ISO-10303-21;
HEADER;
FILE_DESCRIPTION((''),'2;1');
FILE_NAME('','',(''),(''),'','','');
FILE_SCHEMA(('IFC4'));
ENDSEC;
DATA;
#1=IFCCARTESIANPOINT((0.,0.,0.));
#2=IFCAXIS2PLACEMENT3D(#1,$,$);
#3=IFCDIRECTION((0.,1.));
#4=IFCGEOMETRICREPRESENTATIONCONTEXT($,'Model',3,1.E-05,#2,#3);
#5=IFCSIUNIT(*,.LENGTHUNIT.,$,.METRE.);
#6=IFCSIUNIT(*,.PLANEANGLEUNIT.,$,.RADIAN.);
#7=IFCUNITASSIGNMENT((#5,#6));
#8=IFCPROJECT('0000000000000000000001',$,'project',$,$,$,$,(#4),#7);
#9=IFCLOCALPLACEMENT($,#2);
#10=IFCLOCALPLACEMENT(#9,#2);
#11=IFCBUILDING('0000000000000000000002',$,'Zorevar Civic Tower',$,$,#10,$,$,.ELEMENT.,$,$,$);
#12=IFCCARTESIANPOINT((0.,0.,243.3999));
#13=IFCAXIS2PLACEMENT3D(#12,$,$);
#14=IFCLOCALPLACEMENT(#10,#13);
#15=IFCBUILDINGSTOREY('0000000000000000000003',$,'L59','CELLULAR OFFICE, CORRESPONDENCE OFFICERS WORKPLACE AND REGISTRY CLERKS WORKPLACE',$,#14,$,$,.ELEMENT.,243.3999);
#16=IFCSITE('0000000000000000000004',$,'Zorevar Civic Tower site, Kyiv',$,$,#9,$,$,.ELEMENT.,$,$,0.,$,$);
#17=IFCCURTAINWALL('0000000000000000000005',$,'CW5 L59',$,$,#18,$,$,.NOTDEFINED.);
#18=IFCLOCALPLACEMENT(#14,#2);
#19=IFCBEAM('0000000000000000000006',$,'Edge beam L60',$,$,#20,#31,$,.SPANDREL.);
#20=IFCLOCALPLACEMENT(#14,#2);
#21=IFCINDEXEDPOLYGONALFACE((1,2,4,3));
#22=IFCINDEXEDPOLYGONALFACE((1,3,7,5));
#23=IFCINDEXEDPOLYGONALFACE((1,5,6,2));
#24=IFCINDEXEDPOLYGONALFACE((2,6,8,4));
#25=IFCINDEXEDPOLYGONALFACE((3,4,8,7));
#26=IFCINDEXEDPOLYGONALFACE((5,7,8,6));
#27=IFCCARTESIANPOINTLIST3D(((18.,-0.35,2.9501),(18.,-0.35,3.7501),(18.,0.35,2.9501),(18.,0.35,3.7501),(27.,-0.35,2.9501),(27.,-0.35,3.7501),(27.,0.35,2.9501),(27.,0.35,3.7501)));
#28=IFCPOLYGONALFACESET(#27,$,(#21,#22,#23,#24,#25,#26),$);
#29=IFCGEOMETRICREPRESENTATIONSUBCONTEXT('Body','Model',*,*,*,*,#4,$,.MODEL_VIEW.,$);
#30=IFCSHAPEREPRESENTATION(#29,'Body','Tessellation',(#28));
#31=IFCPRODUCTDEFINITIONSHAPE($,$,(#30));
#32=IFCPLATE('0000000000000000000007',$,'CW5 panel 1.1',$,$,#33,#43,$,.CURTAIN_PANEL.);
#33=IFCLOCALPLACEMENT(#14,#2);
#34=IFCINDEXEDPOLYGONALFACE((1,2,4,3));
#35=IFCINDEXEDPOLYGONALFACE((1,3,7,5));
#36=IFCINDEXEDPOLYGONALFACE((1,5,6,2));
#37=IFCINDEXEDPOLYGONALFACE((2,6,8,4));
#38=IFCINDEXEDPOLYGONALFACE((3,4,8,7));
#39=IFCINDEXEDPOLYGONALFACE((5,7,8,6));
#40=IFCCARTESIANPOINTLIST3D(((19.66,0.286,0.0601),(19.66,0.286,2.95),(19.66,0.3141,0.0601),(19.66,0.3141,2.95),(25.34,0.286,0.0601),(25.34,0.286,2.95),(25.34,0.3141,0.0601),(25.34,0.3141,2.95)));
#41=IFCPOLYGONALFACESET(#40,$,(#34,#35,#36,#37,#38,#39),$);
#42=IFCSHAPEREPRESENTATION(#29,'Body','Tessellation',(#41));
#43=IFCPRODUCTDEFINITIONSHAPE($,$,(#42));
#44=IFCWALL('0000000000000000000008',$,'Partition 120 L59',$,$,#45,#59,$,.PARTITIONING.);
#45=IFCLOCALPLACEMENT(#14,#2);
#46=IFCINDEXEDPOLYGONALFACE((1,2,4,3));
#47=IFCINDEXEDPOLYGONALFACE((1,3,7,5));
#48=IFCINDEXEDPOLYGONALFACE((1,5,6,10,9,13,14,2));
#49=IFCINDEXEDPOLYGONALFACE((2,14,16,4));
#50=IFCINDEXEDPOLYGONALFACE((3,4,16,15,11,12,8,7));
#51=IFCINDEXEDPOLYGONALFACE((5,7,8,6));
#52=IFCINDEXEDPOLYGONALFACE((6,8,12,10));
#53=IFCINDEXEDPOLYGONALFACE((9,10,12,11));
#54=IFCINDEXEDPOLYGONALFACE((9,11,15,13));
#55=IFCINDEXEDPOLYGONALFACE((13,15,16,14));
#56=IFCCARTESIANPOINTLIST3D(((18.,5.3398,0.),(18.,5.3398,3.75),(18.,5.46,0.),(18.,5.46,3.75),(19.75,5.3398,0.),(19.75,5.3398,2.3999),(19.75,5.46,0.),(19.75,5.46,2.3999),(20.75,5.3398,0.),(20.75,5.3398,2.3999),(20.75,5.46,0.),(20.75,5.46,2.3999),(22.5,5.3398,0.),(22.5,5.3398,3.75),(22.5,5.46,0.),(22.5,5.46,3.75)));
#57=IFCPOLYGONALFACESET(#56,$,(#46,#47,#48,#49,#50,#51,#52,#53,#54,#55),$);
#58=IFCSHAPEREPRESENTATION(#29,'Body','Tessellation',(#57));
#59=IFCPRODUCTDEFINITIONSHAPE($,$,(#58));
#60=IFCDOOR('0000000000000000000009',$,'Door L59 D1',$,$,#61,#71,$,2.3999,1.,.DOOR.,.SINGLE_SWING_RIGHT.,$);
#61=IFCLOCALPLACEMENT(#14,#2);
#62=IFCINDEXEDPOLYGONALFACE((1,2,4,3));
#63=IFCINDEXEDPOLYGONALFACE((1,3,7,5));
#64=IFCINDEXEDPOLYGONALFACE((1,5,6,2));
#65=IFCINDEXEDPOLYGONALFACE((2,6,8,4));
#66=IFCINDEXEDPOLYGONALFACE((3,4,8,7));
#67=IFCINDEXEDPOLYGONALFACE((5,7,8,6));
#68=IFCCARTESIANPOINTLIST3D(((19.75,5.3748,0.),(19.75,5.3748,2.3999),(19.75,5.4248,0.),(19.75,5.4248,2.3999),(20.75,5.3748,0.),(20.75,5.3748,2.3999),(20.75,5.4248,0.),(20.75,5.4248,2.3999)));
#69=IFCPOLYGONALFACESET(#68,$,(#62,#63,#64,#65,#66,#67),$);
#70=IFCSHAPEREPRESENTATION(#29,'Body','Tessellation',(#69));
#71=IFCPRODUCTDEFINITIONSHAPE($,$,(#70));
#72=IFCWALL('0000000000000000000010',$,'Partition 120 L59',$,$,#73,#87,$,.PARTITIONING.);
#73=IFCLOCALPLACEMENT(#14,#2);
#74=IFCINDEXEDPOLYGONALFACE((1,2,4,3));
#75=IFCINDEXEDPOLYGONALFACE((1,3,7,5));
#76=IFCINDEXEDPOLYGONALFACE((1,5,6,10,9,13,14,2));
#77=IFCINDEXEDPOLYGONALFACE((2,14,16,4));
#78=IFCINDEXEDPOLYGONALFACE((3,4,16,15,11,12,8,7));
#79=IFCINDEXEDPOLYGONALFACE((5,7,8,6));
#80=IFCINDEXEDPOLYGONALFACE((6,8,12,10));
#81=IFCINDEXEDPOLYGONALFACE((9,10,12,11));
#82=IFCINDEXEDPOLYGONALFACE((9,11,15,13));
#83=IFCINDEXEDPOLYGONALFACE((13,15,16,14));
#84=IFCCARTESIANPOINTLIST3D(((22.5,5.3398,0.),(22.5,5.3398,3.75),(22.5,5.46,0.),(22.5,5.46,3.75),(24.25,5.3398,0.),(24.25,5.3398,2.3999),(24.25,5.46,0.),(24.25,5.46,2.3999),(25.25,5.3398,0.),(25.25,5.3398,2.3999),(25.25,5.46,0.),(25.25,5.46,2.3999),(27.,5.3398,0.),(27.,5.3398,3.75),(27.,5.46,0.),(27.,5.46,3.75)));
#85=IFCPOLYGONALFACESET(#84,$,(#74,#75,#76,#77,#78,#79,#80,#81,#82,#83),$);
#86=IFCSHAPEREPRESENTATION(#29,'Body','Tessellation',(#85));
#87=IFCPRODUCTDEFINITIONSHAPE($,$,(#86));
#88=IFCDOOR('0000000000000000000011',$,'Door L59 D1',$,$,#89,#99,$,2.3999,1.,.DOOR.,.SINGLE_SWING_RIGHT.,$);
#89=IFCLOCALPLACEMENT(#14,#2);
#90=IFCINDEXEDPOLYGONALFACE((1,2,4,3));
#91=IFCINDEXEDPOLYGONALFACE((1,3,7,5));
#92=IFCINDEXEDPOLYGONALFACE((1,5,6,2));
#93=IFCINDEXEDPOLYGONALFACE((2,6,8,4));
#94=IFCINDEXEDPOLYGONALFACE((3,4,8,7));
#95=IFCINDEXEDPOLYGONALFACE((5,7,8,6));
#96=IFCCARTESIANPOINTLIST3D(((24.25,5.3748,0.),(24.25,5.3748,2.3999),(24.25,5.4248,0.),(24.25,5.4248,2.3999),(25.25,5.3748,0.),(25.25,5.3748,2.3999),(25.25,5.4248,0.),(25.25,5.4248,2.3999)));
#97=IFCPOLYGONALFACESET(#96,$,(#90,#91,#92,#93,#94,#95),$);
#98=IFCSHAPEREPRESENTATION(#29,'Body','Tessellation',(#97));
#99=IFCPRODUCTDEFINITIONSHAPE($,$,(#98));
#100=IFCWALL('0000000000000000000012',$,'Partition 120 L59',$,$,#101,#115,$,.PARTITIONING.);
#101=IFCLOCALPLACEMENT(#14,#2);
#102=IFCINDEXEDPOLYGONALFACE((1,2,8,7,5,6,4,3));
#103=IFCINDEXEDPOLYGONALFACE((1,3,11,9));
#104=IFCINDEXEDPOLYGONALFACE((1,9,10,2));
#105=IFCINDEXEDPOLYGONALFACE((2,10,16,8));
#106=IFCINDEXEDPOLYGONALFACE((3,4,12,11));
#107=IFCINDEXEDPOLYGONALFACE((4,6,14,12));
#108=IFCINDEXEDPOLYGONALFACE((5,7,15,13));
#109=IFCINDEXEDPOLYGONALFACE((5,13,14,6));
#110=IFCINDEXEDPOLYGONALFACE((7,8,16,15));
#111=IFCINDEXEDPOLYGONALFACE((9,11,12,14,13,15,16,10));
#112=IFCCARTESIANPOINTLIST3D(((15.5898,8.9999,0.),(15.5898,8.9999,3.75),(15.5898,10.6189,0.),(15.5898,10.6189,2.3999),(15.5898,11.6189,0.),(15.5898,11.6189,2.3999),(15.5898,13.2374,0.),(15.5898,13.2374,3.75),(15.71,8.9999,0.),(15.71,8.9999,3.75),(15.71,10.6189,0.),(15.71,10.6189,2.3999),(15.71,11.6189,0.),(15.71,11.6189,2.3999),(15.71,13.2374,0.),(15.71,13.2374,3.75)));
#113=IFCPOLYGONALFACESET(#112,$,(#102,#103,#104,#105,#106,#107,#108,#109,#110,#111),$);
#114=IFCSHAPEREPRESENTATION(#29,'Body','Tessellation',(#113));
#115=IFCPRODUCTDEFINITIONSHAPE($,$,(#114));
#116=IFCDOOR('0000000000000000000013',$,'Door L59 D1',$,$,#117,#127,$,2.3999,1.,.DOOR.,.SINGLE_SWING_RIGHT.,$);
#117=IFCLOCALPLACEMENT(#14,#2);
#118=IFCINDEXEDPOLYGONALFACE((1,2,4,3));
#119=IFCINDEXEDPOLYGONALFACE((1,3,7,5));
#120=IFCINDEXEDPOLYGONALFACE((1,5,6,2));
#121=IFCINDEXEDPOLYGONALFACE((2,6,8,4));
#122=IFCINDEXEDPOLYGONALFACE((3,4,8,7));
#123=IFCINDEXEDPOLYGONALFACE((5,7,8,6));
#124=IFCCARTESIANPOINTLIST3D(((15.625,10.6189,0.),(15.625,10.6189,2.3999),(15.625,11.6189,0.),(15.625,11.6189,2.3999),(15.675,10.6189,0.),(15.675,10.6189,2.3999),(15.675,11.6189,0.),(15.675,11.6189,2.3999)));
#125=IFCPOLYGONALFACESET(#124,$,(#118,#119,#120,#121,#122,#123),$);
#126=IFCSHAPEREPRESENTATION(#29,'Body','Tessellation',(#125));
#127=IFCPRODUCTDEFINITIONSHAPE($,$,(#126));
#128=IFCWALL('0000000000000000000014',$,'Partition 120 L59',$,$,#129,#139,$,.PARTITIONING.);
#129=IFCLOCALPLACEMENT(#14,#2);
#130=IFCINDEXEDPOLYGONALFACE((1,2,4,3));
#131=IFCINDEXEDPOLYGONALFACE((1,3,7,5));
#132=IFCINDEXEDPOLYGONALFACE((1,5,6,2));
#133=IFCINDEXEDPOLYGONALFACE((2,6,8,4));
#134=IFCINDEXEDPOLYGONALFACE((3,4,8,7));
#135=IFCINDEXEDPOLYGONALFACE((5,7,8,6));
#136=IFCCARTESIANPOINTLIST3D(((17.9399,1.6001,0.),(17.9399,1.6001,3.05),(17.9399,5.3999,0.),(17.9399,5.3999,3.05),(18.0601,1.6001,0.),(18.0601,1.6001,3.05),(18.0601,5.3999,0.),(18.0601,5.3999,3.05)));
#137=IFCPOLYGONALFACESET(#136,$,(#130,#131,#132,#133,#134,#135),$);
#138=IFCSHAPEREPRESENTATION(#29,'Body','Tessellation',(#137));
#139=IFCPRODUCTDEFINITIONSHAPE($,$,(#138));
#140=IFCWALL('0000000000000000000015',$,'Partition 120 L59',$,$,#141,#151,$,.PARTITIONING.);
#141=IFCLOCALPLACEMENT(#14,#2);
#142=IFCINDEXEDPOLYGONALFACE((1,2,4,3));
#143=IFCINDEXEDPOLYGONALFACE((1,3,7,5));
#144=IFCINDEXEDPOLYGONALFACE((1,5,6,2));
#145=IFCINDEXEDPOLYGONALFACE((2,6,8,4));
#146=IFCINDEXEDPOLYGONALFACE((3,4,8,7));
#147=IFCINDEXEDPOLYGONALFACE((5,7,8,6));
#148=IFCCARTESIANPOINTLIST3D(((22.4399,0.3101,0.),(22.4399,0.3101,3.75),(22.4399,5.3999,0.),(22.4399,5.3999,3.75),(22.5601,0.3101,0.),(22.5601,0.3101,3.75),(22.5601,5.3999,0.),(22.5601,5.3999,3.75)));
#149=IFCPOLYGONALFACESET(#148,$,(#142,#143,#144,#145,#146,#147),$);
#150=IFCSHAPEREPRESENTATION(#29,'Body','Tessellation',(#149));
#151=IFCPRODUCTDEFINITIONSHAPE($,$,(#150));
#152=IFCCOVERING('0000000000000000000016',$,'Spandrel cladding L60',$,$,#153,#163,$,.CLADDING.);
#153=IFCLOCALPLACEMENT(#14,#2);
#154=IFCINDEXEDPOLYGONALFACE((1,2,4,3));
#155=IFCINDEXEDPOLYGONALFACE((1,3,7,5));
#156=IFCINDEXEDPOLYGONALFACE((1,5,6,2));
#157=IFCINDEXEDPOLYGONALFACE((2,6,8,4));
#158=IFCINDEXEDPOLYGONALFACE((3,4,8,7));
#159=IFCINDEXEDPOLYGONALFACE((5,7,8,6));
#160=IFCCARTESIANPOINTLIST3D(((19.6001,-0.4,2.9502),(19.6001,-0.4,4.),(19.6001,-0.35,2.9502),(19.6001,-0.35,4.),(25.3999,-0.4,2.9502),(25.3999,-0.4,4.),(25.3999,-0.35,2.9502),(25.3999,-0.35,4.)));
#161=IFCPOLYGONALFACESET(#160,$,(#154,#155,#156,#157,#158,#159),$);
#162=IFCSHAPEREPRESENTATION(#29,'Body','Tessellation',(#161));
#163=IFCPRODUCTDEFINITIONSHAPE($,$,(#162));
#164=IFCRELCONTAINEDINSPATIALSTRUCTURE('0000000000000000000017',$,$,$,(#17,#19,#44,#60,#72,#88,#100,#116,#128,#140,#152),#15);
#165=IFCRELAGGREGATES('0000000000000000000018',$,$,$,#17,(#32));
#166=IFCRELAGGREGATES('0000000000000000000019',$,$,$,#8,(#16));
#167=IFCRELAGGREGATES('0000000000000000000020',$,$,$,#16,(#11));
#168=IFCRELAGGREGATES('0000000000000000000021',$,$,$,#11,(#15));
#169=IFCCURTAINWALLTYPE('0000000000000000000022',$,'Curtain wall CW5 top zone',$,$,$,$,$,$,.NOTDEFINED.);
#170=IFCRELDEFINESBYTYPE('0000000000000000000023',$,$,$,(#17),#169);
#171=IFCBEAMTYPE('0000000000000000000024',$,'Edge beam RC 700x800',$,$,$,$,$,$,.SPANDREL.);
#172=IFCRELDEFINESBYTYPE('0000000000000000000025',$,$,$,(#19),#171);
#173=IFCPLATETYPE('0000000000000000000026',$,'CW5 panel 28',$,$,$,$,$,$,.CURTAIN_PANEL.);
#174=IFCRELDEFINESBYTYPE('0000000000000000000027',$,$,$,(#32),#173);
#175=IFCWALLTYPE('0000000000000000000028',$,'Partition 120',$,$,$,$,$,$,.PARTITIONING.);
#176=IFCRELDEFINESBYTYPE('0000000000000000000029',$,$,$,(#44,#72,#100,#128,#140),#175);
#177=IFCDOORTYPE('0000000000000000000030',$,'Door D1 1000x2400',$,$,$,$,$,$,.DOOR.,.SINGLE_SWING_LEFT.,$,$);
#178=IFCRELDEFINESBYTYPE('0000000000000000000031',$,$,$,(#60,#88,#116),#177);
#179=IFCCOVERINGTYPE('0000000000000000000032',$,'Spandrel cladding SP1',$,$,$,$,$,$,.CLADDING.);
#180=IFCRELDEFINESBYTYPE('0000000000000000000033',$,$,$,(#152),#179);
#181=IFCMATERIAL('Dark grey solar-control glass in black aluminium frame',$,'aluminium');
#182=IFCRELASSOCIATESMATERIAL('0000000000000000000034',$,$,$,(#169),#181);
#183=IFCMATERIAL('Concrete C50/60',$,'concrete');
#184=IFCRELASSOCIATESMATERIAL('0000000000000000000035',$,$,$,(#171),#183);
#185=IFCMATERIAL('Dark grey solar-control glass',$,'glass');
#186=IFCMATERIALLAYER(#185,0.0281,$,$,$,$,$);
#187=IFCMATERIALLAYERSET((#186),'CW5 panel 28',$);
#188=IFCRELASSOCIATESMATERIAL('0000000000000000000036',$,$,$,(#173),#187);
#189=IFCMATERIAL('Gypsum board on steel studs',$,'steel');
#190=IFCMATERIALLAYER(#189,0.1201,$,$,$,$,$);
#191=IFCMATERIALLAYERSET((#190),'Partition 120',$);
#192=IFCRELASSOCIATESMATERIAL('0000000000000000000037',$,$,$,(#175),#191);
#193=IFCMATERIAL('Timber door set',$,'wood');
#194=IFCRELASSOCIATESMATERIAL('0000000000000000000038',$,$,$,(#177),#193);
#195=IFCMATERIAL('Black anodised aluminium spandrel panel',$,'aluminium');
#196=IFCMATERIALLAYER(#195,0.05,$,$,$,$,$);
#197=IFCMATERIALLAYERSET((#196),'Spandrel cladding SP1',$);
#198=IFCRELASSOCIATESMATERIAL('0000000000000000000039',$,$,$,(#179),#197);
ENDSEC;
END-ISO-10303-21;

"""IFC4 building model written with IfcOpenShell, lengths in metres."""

from ifc_helpers import new_model, si_unit, direction, frame, frame_2d, origin, origin_2d, place, context, subcontext, project, spatial, rectangle, extrude, material, layer, layer_set, material_profile, profile_set, type_object, element, fill, aggregate, save


model = new_model("IFC4")

# Units and contexts
model_context = context("Model", 3, precision=1e-05, world=origin(), true_north=direction((0.0, 1.0)))
body_context = subcontext(model_context, "Body", "Model", "MODEL_VIEW")
ifc_project = project(units=[si_unit("LENGTHUNIT", "METRE"), si_unit("PLANEANGLEUNIT", "RADIAN")], contexts=[model_context])

# Site, building, storey
site_placement = place(None, origin())
site = spatial("IfcSite", under=ifc_project, at=site_placement, Name="Zorevar Civic Tower site, Kyiv", CompositionType="ELEMENT", RefElevation=0.0)
building_placement = place(site_placement, origin())
building = spatial("IfcBuilding", under=site, at=building_placement, Name="Zorevar Civic Tower", CompositionType="ELEMENT")
storey_placement = place(building_placement, frame((0.0, 0.0, 243.3999)))
storey = spatial("IfcBuildingStorey", under=building, at=storey_placement, Name="L59", Description="CELLULAR OFFICE, CORRESPONDENCE OFFICERS WORKPLACE AND REGISTRY CLERKS WORKPLACE", CompositionType="ELEMENT", Elevation=243.3999)

# Curtain wall
ifc_material_1 = material(Name="Dark grey solar-control glass in black aluminium frame", Category="aluminium")
curtain_wall_type = type_object("IfcCurtainWallType", Name="Curtain wall CW5 top zone", PredefinedType="NOTDEFINED", material=ifc_material_1)
curtain_wall_1_placement = place(storey_placement, origin())
curtain_wall_1 = element("IfcCurtainWall", 1, at=curtain_wall_1_placement, inside=storey, type_object=curtain_wall_type, Name="CW5 L59", PredefinedType="NOTDEFINED")

# Beam
ifc_material_2 = material(Name="Concrete C50/60", Category="concrete")
ifc_material_profile_1 = material_profile(ifc_material_2, rectangle(XDim=0.7, YDim=0.8, at=origin_2d()), Name="RC 700x800")
ifc_profile_set_1 = profile_set([ifc_material_profile_1], Name="Concrete C50/60")
beam_type_1 = type_object("IfcBeamType", Name="Edge beam RC 700x800", PredefinedType="SPANDREL", material=ifc_profile_set_1)
beam_1_placement = place(storey_placement, frame((18.0, 0.0, 3.3501), z_axis=(1.0, 0.0, 0.0), x_axis=(0.0, 1.0, 0.0)))
element("IfcBeam", 2, at=beam_1_placement, inside=storey, type_object=beam_type_1, Name="Edge beam L60", PredefinedType="SPANDREL", context=body_context, shape_type="SweptSolid", body=[
    extrude(rectangle(XDim=0.7, YDim=0.8, at=origin_2d()), origin(), (0.0, 0.0, 1.0), 9.0),
])

# Plate
ifc_material_3 = material(Name="Dark grey solar-control glass", Category="glass")
ifc_layer_1 = layer(ifc_material_3, 0.0281)
ifc_layer_set_1 = layer_set([ifc_layer_1], Name="CW5 panel 28")
plate_type = type_object("IfcPlateType", Name="CW5 panel 28", PredefinedType="CURTAIN_PANEL", material=ifc_layer_set_1)
plate_placement = place(storey_placement, frame((22.5, 0.3, 0.0601), z_axis=(0.0, 0.0, 1.0), x_axis=(1.0, 0.0, 0.0)))
plate = element("IfcPlate", 3, at=plate_placement, type_object=plate_type, Name="CW5 panel 1.1", PredefinedType="CURTAIN_PANEL", context=body_context, shape_type="SweptSolid", body=[
    extrude(rectangle(XDim=5.6799, YDim=0.0281, at=origin_2d()), origin(), (0.0, 0.0, 1.0), 2.8899),
])
aggregate(curtain_wall_1, [plate])

# Walls, openings, doors
ifc_material_4 = material(Name="Gypsum board on steel studs", Category="steel")
ifc_layer_2 = layer(ifc_material_4, 0.1201)
ifc_layer_set_2 = layer_set([ifc_layer_2], Name="Partition 120")
wall_type = type_object("IfcWallType", Name="Partition 120", PredefinedType="PARTITIONING", material=ifc_layer_set_2)
wall_1_placement = place(storey_placement, frame((18.0, 5.3999, 0.0), z_axis=(0.0, 0.0, 1.0), x_axis=(1.0, 0.0, 0.0)))
wall_1 = element("IfcWall", 4, at=wall_1_placement, inside=storey, type_object=wall_type, Name="Partition 120 L59", PredefinedType="PARTITIONING", context=body_context, shape_type="SweptSolid", body=[
    extrude(rectangle(XDim=4.5, YDim=0.1201, at=frame_2d((2.25, 0.0))), origin(), (0.0, 0.0, 1.0), 3.75),
])
opening_1_placement = place(wall_1_placement, frame((1.75, 0.0, 0.0)))
opening_1 = element("IfcOpeningElement", 5, at=opening_1_placement, cuts=wall_1, PredefinedType="OPENING", context=body_context, shape_type="SweptSolid", body=[
    extrude(rectangle(XDim=1.0, YDim=2.3999, at=frame_2d((0.5, 1.2))), frame((0.0, 0.0701, 0.0), z_axis=(0.0, -1.0, 0.0), x_axis=(1.0, 0.0, 0.0)), (0.0, 0.0, 1.0), 0.1401),
])
ifc_material_5 = material(Name="Timber door set", Category="wood")
door_type = type_object("IfcDoorType", Name="Door D1 1000x2400", OperationType="SINGLE_SWING_LEFT", PredefinedType="DOOR", material=ifc_material_5)
door_1_placement = place(opening_1_placement, origin())
door_1 = element("IfcDoor", 6, at=door_1_placement, inside=storey, type_object=door_type, Name="Door L59 D1", OperationType="SINGLE_SWING_RIGHT", OverallHeight=2.3999, OverallWidth=1.0, PredefinedType="DOOR", context=body_context, shape_type="SweptSolid", body=[
    extrude(rectangle(XDim=1.0, YDim=2.3999, at=frame_2d((0.5, 1.2))), frame((0.0, 0.0249, 0.0), z_axis=(0.0, -1.0, 0.0), x_axis=(1.0, 0.0, 0.0)), (0.0, 0.0, 1.0), 0.05),
])
fill(opening_1, door_1)
wall_2_placement = place(storey_placement, frame((22.5, 5.3999, 0.0), z_axis=(0.0, 0.0, 1.0), x_axis=(1.0, 0.0, 0.0)))
wall_2 = element("IfcWall", 7, at=wall_2_placement, inside=storey, type_object=wall_type, Name="Partition 120 L59", PredefinedType="PARTITIONING", context=body_context, shape_type="SweptSolid", body=[
    extrude(rectangle(XDim=4.5, YDim=0.1201, at=frame_2d((2.25, 0.0))), origin(), (0.0, 0.0, 1.0), 3.75),
])
opening_2_placement = place(wall_2_placement, frame((1.75, 0.0, 0.0)))
opening_2 = element("IfcOpeningElement", 8, at=opening_2_placement, cuts=wall_2, PredefinedType="OPENING", context=body_context, shape_type="SweptSolid", body=[
    extrude(rectangle(XDim=1.0, YDim=2.3999, at=frame_2d((0.5, 1.2))), frame((0.0, 0.0701, 0.0), z_axis=(0.0, -1.0, 0.0), x_axis=(1.0, 0.0, 0.0)), (0.0, 0.0, 1.0), 0.1401),
])
door_2_placement = place(opening_2_placement, origin())
door_2 = element("IfcDoor", 9, at=door_2_placement, inside=storey, type_object=door_type, Name="Door L59 D1", OperationType="SINGLE_SWING_RIGHT", OverallHeight=2.3999, OverallWidth=1.0, PredefinedType="DOOR", context=body_context, shape_type="SweptSolid", body=[
    extrude(rectangle(XDim=1.0, YDim=2.3999, at=frame_2d((0.5, 1.2))), frame((0.0, 0.0249, 0.0), z_axis=(0.0, -1.0, 0.0), x_axis=(1.0, 0.0, 0.0)), (0.0, 0.0, 1.0), 0.05),
])
fill(opening_2, door_2)
wall_3_placement = place(storey_placement, frame((15.6499, 9.0, 0.0), z_axis=(0.0, 0.0, 1.0), x_axis=(0.0, 1.0, 0.0)))
wall_3 = element("IfcWall", 10, at=wall_3_placement, inside=storey, type_object=wall_type, Name="Partition 120 L59", PredefinedType="PARTITIONING", context=body_context, shape_type="SweptSolid", body=[
    extrude(rectangle(XDim=4.2375, YDim=0.1201, at=frame_2d((2.1187, 0.0))), origin(), (0.0, 0.0, 1.0), 3.75),
])
opening_3_placement = place(wall_3_placement, frame((1.6189, 0.0, 0.0)))
opening_3 = element("IfcOpeningElement", 11, at=opening_3_placement, cuts=wall_3, PredefinedType="OPENING", context=body_context, shape_type="SweptSolid", body=[
    extrude(rectangle(XDim=1.0, YDim=2.3999, at=frame_2d((0.5, 1.2))), frame((0.0, 0.0701, 0.0), z_axis=(0.0, -1.0, 0.0), x_axis=(1.0, 0.0, 0.0)), (0.0, 0.0, 1.0), 0.1401),
])
door_3_placement = place(opening_3_placement, origin())
door_3 = element("IfcDoor", 12, at=door_3_placement, inside=storey, type_object=door_type, Name="Door L59 D1", OperationType="SINGLE_SWING_RIGHT", OverallHeight=2.3999, OverallWidth=1.0, PredefinedType="DOOR", context=body_context, shape_type="SweptSolid", body=[
    extrude(rectangle(XDim=1.0, YDim=2.3999, at=frame_2d((0.5, 1.2))), frame((0.0, 0.0249, 0.0), z_axis=(0.0, -1.0, 0.0), x_axis=(1.0, 0.0, 0.0)), (0.0, 0.0, 1.0), 0.05),
])
fill(opening_3, door_3)

# Walls
wall_4_placement = place(storey_placement, frame((18.0, 1.6001, 0.0), z_axis=(0.0, 0.0, 1.0), x_axis=(0.0, 1.0, 0.0)))
element("IfcWall", 13, at=wall_4_placement, inside=storey, type_object=wall_type, Name="Partition 120 L59", PredefinedType="PARTITIONING", context=body_context, shape_type="SweptSolid", body=[
    extrude(rectangle(XDim=3.7998, YDim=0.1201, at=frame_2d((1.8999, 0.0))), origin(), (0.0, 0.0, 1.0), 3.05),
])
wall_5_placement = place(storey_placement, frame((22.5, 0.3101, 0.0), z_axis=(0.0, 0.0, 1.0), x_axis=(0.0, 1.0, 0.0)))
element("IfcWall", 14, at=wall_5_placement, inside=storey, type_object=wall_type, Name="Partition 120 L59", PredefinedType="PARTITIONING", context=body_context, shape_type="SweptSolid", body=[
    extrude(rectangle(XDim=5.0898, YDim=0.1201, at=frame_2d((2.5449, 0.0))), origin(), (0.0, 0.0, 1.0), 3.75),
])

# Covering
ifc_material_6 = material(Name="Black anodised aluminium spandrel panel", Category="aluminium")
ifc_layer_3 = layer(ifc_material_6, 0.05)
ifc_layer_set_3 = layer_set([ifc_layer_3], Name="Spandrel cladding SP1")
covering_type = type_object("IfcCoveringType", Name="Spandrel cladding SP1", PredefinedType="CLADDING", material=ifc_layer_set_3)
covering_placement = place(storey_placement, frame((19.6001, -0.375, 2.9502), z_axis=(0.0, 0.0, 1.0), x_axis=(1.0, 0.0, 0.0)))
element("IfcCovering", 15, at=covering_placement, inside=storey, type_object=covering_type, Name="Spandrel cladding L60", PredefinedType="CLADDING", context=body_context, shape_type="SweptSolid", body=[
    extrude(rectangle(XDim=5.7998, YDim=0.05, at=frame_2d((2.8999, 0.0))), origin(), (0.0, 0.0, 1.0), 1.0498),
])

save(model, "model.ifc")
